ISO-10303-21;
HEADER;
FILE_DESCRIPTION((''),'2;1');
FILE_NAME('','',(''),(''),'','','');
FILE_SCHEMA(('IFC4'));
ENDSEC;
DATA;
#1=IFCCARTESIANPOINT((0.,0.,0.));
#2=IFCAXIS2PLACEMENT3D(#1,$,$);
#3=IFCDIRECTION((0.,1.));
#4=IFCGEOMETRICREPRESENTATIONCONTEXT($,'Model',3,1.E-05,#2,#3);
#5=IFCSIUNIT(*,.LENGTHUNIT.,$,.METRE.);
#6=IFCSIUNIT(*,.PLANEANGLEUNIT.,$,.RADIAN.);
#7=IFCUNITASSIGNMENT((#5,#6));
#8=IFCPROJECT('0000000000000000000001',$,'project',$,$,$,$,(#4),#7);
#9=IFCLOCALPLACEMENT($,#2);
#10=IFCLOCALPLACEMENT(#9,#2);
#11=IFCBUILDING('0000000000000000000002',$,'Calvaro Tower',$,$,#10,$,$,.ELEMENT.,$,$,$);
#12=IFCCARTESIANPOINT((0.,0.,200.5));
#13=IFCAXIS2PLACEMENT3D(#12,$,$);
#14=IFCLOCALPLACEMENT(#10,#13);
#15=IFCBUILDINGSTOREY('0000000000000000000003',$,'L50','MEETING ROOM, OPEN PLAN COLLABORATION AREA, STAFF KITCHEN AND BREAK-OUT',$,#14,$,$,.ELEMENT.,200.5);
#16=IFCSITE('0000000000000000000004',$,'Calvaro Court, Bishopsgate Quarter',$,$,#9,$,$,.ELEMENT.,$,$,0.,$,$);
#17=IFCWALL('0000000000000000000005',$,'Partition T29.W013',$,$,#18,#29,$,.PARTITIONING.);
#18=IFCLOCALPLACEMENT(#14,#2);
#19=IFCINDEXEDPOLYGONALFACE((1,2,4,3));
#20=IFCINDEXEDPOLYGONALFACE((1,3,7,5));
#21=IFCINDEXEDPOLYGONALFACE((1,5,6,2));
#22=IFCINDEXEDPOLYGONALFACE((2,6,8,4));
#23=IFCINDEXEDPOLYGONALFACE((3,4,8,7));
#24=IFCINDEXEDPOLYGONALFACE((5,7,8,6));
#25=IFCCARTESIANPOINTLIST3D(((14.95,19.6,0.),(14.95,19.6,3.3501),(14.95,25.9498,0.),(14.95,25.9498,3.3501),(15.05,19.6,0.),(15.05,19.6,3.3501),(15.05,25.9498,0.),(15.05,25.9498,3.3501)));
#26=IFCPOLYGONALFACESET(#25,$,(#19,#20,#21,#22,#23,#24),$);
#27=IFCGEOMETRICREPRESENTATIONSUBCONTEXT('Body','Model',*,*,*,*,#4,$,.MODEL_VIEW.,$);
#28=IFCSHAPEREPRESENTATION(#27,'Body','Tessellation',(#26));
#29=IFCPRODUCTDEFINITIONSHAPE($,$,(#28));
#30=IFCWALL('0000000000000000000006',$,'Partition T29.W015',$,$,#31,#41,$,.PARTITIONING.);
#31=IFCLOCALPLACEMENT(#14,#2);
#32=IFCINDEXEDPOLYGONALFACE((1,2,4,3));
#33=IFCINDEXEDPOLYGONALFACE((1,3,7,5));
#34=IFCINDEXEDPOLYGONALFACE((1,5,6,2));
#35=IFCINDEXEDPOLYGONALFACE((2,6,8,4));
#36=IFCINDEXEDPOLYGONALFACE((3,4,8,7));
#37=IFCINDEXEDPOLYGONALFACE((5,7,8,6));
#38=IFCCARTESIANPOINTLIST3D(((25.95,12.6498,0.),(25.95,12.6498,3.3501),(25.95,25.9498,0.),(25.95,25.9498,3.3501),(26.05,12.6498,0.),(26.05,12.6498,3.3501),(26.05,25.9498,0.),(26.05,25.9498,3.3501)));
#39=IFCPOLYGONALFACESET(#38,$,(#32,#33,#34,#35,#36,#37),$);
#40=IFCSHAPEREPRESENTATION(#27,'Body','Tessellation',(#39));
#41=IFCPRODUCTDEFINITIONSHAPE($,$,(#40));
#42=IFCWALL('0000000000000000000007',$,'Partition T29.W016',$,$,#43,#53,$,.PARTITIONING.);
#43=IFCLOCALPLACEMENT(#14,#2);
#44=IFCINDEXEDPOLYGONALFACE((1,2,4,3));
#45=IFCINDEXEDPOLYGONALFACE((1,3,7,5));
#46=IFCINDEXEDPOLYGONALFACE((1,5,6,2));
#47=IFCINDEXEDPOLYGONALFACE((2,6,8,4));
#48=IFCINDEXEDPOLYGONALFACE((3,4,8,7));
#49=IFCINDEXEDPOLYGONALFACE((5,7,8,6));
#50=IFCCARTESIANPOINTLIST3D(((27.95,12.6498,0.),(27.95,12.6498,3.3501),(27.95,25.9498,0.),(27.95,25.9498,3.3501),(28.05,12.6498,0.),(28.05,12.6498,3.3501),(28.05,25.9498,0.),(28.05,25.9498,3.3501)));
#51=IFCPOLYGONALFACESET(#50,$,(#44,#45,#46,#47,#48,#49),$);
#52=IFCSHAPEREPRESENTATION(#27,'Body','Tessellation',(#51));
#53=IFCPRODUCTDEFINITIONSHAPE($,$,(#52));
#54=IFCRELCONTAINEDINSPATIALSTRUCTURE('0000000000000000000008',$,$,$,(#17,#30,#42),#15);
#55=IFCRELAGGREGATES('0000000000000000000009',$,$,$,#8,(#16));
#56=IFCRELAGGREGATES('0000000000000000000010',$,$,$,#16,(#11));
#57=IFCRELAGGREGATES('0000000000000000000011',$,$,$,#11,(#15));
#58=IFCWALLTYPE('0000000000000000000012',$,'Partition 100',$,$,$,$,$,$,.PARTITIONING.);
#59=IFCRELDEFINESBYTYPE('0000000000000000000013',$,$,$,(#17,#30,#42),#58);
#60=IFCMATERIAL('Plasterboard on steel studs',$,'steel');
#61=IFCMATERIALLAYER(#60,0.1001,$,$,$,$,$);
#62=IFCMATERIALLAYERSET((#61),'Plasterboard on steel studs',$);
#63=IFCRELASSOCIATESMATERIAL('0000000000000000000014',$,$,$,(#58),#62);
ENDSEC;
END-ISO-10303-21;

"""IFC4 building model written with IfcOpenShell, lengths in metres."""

from ifc_helpers import new_model, si_unit, direction, frame, frame_2d, origin, place, context, subcontext, project, spatial, rectangle, extrude, material, layer, layer_set, type_object, element, save


model = new_model("IFC4")

# Units and contexts
model_context = context("Model", 3, precision=1e-05, world=origin(), true_north=direction((0.0, 1.0)))
body_context = subcontext(model_context, "Body", "Model", "MODEL_VIEW")
ifc_project = project(units=[si_unit("LENGTHUNIT", "METRE"), si_unit("PLANEANGLEUNIT", "RADIAN")], contexts=[model_context])

# Site, building, storey
site_placement = place(None, origin())
site = spatial("IfcSite", under=ifc_project, at=site_placement, Name="Calvaro Court, Bishopsgate Quarter", CompositionType="ELEMENT", RefElevation=0.0)
building_placement = place(site_placement, origin())
building = spatial("IfcBuilding", under=site, at=building_placement, Name="Calvaro Tower", CompositionType="ELEMENT")
storey_placement = place(building_placement, frame((0.0, 0.0, 200.5)))
storey = spatial("IfcBuildingStorey", under=building, at=storey_placement, Name="L50", Description="MEETING ROOM, OPEN PLAN COLLABORATION AREA, STAFF KITCHEN AND BREAK-OUT", CompositionType="ELEMENT", Elevation=200.5)

# Shared definitions
ifc_material_1 = material(Name="Plasterboard on steel studs", Category="steel")
ifc_layer_1 = layer(ifc_material_1, 0.1001)
ifc_layer_set_1 = layer_set([ifc_layer_1], Name="Plasterboard on steel studs")
wall_type_1 = type_object("IfcWallType", Name="Partition 100", PredefinedType="PARTITIONING", material=ifc_layer_set_1)

# Walls
wall_1_placement = place(storey_placement, frame((15.0, 19.6001, 0.0), z_axis=(0.0, 0.0, 1.0), x_axis=(0.0, 1.0, 0.0)))
element("IfcWall", 1, at=wall_1_placement, inside=storey, type_object=wall_type_1, Name="Partition T29.W013", PredefinedType="PARTITIONING", context=body_context, shape_type="SweptSolid", body=[
    extrude(rectangle(XDim=6.3499, YDim=0.1001, at=frame_2d((3.1748, 0.0))), origin(), (0.0, 0.0, 1.0), 3.3501),
])
for number, where, z_axis, x_axis, name in (
    (2, (26.0, 12.6499, 0.0), (0.0, 0.0, 1.0), (0.0, 1.0, 0.0), "Partition T29.W015"),
    (3, (28.0, 12.6499, 0.0), (0.0, 0.0, 1.0), (0.0, 1.0, 0.0), "Partition T29.W016"),
):
    element("IfcWall", number, at=place(storey_placement, frame(where, z_axis=z_axis, x_axis=x_axis)), inside=storey, type_object=wall_type_1, Name=name, PredefinedType="PARTITIONING", context=body_context, shape_type="SweptSolid", body=[
        extrude(rectangle(XDim=13.3, YDim=0.1001, at=frame_2d((6.6499, 0.0))), origin(), (0.0, 0.0, 1.0), 3.3501),
    ])

save(model, "model.ifc")
